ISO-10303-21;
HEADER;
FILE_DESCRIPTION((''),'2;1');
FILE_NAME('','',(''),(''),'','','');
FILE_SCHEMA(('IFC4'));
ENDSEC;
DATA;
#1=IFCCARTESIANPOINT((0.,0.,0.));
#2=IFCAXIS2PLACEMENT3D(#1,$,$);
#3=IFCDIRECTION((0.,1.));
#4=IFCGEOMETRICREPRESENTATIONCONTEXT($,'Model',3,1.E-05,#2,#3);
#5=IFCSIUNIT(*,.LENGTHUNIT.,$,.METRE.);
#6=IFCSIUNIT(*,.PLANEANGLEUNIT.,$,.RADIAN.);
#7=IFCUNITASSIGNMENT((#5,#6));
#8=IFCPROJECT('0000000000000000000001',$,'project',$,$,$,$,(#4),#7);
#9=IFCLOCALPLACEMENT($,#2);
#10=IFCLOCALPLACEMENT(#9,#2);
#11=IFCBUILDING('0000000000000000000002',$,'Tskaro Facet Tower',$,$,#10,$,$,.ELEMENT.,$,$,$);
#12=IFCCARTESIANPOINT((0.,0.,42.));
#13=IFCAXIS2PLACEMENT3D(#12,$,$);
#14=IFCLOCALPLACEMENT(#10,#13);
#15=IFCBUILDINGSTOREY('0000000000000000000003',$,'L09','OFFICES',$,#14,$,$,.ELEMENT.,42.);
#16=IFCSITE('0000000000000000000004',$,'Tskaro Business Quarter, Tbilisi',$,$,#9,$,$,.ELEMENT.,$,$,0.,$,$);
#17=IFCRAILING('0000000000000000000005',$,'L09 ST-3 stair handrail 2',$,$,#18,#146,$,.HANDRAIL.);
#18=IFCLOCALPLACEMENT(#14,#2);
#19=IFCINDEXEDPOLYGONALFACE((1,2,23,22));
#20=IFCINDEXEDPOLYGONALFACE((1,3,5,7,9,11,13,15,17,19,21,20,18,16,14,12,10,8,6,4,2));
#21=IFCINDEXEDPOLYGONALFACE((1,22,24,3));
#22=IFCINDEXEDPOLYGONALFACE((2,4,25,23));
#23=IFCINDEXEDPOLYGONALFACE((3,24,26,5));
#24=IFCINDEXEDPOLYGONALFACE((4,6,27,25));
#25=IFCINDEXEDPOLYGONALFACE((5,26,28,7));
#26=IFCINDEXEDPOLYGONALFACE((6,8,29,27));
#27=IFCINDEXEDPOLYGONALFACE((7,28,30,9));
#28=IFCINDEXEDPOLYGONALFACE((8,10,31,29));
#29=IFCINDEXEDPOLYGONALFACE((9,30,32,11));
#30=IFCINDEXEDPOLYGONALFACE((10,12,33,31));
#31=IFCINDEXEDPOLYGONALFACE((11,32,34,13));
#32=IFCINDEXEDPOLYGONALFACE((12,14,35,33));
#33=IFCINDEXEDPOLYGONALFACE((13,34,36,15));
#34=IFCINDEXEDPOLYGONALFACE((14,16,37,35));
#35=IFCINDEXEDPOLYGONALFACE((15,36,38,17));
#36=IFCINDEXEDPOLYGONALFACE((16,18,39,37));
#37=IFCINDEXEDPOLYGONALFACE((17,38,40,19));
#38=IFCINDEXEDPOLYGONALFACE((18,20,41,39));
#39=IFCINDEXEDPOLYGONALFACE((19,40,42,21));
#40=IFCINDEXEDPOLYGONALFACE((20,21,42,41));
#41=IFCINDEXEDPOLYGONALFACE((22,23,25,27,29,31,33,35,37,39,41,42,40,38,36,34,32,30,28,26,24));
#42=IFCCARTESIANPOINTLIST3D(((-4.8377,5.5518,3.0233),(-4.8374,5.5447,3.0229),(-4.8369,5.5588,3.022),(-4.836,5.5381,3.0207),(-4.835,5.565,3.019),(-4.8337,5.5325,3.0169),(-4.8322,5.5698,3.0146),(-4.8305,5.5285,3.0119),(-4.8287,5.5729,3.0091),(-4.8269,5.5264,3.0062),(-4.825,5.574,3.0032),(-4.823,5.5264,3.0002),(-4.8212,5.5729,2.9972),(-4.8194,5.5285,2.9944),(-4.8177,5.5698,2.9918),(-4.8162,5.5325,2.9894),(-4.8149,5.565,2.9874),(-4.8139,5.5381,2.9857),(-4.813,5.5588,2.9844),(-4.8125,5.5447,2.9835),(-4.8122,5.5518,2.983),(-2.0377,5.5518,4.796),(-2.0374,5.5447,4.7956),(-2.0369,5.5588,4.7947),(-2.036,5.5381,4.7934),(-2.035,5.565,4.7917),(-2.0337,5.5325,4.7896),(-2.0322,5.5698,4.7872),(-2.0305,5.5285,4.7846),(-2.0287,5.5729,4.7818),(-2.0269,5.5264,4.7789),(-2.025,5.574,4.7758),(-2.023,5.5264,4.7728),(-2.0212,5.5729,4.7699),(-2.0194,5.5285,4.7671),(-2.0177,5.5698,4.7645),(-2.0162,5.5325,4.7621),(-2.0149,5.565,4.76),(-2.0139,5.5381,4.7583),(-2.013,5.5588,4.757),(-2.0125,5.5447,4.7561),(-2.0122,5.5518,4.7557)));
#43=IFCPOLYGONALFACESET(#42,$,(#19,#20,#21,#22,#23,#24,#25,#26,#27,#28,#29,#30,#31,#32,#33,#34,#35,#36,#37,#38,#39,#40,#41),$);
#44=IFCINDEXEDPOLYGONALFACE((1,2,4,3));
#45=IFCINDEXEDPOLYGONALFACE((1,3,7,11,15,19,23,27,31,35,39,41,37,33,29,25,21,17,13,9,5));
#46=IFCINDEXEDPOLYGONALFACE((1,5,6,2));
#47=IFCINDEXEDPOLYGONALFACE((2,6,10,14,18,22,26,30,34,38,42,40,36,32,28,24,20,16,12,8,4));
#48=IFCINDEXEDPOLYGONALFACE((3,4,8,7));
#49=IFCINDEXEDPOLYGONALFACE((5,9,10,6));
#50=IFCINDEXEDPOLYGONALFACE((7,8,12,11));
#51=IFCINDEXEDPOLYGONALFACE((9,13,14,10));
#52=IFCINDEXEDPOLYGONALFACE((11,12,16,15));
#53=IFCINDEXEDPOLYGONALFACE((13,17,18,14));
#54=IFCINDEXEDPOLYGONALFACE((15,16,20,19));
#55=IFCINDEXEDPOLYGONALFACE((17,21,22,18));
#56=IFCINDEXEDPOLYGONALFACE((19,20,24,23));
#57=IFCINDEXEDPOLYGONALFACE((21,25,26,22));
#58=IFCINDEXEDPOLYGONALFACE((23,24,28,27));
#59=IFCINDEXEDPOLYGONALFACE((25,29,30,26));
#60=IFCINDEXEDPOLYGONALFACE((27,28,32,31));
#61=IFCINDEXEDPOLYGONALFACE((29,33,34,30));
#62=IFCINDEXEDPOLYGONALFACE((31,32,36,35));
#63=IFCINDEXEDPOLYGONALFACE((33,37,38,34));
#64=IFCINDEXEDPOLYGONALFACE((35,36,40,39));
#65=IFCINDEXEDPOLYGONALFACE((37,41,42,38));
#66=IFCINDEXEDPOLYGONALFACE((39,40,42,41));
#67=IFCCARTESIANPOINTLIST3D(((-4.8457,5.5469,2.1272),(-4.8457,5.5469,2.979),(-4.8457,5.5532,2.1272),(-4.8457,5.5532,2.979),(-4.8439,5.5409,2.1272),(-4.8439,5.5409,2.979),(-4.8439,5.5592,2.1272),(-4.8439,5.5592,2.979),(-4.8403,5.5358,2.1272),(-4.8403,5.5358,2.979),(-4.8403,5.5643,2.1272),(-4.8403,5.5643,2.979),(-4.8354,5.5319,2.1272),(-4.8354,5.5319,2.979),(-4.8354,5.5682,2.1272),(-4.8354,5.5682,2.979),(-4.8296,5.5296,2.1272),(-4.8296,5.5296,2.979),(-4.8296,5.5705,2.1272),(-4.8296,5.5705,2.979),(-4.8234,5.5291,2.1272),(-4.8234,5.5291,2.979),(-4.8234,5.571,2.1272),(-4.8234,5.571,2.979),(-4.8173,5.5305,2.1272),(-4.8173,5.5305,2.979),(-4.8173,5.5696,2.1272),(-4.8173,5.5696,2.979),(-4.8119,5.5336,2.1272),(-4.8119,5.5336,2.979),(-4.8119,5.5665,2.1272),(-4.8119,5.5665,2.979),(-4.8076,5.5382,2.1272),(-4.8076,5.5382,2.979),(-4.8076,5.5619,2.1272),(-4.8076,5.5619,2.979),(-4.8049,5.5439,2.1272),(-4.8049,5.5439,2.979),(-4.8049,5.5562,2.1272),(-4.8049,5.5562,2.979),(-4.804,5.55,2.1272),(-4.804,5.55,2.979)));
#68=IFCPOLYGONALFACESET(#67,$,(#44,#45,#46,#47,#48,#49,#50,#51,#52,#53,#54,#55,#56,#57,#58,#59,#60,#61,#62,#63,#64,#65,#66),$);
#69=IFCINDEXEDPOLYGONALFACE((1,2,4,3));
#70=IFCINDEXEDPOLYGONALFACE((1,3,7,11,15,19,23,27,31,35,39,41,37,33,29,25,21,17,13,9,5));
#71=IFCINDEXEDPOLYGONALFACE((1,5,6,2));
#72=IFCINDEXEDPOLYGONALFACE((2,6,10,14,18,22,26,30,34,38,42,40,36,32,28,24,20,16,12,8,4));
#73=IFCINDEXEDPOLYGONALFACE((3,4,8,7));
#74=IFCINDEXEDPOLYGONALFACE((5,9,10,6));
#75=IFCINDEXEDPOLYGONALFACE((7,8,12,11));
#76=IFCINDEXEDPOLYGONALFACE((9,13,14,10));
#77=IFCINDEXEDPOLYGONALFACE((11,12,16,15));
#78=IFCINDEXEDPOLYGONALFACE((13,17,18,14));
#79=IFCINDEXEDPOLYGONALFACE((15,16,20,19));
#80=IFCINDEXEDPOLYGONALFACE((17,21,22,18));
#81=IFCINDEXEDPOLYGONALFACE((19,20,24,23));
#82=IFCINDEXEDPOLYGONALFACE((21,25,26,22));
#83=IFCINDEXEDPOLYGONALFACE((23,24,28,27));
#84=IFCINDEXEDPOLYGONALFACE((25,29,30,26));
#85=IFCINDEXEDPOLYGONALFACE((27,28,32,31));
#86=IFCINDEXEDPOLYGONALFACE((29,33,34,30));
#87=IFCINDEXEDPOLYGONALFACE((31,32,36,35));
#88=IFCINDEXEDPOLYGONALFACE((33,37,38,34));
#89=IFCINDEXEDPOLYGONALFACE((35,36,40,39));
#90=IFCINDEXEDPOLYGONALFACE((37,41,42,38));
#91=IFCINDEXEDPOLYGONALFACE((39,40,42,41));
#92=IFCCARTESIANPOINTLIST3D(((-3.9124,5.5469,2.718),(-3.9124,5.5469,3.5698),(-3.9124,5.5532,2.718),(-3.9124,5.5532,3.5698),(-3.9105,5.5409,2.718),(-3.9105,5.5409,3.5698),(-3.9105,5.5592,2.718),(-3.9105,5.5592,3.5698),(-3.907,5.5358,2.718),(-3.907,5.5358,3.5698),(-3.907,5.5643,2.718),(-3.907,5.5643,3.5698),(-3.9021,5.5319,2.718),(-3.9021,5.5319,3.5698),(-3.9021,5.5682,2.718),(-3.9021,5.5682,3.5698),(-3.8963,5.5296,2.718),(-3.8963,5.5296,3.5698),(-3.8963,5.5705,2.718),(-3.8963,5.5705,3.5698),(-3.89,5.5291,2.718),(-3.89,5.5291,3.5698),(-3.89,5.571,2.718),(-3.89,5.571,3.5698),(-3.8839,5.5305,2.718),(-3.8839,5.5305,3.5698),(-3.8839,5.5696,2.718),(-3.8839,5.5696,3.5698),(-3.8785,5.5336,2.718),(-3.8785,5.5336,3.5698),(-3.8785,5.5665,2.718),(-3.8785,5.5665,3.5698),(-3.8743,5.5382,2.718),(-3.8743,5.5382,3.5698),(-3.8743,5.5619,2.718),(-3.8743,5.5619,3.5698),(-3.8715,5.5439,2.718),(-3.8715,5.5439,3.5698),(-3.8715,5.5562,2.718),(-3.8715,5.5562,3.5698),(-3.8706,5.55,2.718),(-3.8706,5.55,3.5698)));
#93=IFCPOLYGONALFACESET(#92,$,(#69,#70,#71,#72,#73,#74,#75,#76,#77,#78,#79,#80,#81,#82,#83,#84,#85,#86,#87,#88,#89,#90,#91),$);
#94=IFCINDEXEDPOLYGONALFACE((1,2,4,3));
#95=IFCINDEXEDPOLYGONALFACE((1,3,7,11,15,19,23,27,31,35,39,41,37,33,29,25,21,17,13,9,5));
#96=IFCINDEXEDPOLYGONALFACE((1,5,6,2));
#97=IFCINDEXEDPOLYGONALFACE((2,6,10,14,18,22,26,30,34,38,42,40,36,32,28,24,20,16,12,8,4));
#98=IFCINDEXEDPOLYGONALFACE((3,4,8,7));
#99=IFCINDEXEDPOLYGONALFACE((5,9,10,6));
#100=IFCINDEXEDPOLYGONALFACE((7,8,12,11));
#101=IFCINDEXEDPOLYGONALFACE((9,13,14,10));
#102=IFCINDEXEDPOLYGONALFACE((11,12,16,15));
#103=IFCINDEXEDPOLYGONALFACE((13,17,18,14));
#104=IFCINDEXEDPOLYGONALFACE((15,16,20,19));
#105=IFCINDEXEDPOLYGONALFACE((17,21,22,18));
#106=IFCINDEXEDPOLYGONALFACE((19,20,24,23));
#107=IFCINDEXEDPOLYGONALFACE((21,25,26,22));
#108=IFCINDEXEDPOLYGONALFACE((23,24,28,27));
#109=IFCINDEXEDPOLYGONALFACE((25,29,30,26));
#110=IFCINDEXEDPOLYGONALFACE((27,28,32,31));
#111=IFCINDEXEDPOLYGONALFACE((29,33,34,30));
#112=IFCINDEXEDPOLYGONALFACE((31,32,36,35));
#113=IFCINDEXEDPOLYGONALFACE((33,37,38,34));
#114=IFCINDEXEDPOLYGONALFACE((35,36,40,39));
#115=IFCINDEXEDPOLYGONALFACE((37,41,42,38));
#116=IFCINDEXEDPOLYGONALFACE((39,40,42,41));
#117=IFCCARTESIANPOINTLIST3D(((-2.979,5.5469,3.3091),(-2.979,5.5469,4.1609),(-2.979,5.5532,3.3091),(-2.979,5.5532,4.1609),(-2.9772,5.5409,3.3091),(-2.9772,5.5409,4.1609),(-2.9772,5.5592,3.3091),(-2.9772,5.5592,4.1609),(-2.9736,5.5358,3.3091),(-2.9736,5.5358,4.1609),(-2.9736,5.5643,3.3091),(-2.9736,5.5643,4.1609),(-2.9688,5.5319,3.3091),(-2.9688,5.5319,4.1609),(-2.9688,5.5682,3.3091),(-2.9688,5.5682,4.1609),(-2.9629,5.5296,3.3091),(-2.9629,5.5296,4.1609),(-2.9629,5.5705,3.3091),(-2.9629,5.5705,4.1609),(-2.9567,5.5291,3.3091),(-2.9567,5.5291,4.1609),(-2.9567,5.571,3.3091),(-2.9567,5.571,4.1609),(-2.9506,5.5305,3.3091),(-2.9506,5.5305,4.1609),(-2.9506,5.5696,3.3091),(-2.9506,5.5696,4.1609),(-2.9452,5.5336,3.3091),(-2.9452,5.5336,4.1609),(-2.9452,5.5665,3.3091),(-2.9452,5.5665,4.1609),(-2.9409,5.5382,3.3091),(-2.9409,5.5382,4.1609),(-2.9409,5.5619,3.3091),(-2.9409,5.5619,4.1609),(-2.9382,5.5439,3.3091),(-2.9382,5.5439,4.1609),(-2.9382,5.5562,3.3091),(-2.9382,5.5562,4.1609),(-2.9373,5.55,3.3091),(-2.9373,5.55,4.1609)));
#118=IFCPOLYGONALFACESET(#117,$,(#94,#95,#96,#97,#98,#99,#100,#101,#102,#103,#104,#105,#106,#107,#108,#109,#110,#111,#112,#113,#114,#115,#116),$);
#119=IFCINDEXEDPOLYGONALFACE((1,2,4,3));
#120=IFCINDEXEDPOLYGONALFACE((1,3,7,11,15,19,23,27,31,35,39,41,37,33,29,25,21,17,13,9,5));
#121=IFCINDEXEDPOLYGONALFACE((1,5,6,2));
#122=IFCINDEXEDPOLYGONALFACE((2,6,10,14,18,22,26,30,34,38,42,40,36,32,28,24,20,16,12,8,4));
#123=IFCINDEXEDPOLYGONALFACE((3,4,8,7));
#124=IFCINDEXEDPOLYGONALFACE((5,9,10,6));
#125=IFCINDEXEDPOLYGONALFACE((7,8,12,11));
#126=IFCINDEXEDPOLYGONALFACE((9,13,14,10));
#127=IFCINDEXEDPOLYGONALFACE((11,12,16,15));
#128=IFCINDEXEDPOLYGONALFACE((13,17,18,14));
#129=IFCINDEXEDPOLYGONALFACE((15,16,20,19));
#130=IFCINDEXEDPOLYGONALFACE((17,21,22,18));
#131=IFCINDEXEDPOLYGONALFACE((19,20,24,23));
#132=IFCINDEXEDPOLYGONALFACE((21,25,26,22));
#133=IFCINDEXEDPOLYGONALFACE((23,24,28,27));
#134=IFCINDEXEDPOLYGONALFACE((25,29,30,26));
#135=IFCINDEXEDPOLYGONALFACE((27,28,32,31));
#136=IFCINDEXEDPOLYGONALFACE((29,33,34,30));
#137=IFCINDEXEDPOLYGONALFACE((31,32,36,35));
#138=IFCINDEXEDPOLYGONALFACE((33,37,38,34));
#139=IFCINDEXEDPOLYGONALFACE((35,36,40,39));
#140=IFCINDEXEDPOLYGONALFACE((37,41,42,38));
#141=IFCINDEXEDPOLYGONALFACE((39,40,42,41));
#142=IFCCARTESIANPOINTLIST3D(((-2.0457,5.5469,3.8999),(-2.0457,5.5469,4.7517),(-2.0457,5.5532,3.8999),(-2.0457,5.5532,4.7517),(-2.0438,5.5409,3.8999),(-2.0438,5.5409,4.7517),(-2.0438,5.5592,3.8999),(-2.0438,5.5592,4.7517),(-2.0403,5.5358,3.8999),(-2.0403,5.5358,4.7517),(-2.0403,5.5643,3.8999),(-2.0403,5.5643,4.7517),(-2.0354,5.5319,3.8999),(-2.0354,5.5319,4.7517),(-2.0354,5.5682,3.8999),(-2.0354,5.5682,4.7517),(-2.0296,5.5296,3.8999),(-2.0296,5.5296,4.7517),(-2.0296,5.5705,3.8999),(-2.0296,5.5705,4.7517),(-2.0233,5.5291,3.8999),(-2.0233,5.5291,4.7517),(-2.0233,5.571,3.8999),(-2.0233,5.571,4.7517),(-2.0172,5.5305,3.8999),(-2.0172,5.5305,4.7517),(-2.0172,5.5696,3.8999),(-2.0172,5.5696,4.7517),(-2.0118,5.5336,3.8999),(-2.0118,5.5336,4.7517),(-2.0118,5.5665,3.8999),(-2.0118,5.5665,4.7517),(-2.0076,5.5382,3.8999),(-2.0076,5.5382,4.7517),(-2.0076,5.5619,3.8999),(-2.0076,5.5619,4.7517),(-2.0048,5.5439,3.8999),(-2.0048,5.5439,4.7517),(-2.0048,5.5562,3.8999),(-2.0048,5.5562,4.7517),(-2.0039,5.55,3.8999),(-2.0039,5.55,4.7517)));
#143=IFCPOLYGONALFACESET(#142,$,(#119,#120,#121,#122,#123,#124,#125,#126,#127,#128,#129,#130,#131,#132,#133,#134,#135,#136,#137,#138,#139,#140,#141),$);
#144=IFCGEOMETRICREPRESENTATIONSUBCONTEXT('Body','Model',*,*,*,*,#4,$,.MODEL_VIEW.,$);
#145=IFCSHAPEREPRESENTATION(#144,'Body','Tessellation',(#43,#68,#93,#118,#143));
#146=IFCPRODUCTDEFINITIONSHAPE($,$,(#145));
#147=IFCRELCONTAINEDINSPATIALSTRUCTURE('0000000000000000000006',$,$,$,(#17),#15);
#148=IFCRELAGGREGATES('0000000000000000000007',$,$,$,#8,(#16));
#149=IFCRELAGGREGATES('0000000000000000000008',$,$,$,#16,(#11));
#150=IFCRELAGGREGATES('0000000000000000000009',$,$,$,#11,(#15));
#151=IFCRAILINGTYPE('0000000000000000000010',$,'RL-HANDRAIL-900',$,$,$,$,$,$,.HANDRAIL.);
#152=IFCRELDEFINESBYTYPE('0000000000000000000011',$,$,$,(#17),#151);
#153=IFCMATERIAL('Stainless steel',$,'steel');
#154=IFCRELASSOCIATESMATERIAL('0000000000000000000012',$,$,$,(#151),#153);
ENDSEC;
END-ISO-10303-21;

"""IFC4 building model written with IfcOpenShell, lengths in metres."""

from ifc_helpers import new_model, si_unit, direction, frame, origin, origin_2d, place, context, subcontext, project, spatial, circle, extrude, material, type_object, element, save


model = new_model("IFC4")

# Units and contexts
model_context = context("Model", 3, precision=1e-05, world=origin(), true_north=direction((0.0, 1.0)))
body_context = subcontext(model_context, "Body", "Model", "MODEL_VIEW")
ifc_project = project(units=[si_unit("LENGTHUNIT", "METRE"), si_unit("PLANEANGLEUNIT", "RADIAN")], contexts=[model_context])

# Site, building, storey
site_placement = place(None, origin())
site = spatial("IfcSite", under=ifc_project, at=site_placement, Name="Tskaro Business Quarter, Tbilisi", CompositionType="ELEMENT", RefElevation=0.0)
building_placement = place(site_placement, origin())
building = spatial("IfcBuilding", under=site, at=building_placement, Name="Tskaro Facet Tower", CompositionType="ELEMENT")
storey_placement = place(building_placement, frame((0.0, 0.0, 42.0)))
storey = spatial("IfcBuildingStorey", under=building, at=storey_placement, Name="L09", Description="OFFICES", CompositionType="ELEMENT", Elevation=42.0)

# Railing
ifc_material_1 = material(Name="Stainless steel", Category="steel")
railing_type_1 = type_object("IfcRailingType", Name="RL-HANDRAIL-900", PredefinedType="HANDRAIL", material=ifc_material_1)
railing_1_placement = place(storey_placement, frame((-4.825, 5.55, 2.1272)))
element("IfcRailing", 1, at=railing_1_placement, inside=storey, type_object=railing_type_1, Name="L09 ST-3 stair handrail 2", PredefinedType="HANDRAIL", context=body_context, shape_type="SweptSolid", body=[
    extrude(circle(Radius=0.0239, at=origin_2d()), frame((0.0, 0.0, 0.876), z_axis=(0.844909, 0.0, 0.53491), x_axis=(0.0, 1.0, 0.0)), (0.0, 0.0, 1.0), 3.314),
    extrude(circle(Radius=0.021, at=origin_2d()), origin(), (0.0, 0.0, 1.0), 0.8518),
    extrude(circle(Radius=0.021, at=origin_2d()), frame((0.9333, 0.0, 0.5908)), (0.0, 0.0, 1.0), 0.8518),
    extrude(circle(Radius=0.021, at=origin_2d()), frame((1.8667, 0.0, 1.1819)), (0.0, 0.0, 1.0), 0.8518),
    extrude(circle(Radius=0.021, at=origin_2d()), frame((2.8, 0.0, 1.7727)), (0.0, 0.0, 1.0), 0.8518),
])

save(model, "model.ifc")
